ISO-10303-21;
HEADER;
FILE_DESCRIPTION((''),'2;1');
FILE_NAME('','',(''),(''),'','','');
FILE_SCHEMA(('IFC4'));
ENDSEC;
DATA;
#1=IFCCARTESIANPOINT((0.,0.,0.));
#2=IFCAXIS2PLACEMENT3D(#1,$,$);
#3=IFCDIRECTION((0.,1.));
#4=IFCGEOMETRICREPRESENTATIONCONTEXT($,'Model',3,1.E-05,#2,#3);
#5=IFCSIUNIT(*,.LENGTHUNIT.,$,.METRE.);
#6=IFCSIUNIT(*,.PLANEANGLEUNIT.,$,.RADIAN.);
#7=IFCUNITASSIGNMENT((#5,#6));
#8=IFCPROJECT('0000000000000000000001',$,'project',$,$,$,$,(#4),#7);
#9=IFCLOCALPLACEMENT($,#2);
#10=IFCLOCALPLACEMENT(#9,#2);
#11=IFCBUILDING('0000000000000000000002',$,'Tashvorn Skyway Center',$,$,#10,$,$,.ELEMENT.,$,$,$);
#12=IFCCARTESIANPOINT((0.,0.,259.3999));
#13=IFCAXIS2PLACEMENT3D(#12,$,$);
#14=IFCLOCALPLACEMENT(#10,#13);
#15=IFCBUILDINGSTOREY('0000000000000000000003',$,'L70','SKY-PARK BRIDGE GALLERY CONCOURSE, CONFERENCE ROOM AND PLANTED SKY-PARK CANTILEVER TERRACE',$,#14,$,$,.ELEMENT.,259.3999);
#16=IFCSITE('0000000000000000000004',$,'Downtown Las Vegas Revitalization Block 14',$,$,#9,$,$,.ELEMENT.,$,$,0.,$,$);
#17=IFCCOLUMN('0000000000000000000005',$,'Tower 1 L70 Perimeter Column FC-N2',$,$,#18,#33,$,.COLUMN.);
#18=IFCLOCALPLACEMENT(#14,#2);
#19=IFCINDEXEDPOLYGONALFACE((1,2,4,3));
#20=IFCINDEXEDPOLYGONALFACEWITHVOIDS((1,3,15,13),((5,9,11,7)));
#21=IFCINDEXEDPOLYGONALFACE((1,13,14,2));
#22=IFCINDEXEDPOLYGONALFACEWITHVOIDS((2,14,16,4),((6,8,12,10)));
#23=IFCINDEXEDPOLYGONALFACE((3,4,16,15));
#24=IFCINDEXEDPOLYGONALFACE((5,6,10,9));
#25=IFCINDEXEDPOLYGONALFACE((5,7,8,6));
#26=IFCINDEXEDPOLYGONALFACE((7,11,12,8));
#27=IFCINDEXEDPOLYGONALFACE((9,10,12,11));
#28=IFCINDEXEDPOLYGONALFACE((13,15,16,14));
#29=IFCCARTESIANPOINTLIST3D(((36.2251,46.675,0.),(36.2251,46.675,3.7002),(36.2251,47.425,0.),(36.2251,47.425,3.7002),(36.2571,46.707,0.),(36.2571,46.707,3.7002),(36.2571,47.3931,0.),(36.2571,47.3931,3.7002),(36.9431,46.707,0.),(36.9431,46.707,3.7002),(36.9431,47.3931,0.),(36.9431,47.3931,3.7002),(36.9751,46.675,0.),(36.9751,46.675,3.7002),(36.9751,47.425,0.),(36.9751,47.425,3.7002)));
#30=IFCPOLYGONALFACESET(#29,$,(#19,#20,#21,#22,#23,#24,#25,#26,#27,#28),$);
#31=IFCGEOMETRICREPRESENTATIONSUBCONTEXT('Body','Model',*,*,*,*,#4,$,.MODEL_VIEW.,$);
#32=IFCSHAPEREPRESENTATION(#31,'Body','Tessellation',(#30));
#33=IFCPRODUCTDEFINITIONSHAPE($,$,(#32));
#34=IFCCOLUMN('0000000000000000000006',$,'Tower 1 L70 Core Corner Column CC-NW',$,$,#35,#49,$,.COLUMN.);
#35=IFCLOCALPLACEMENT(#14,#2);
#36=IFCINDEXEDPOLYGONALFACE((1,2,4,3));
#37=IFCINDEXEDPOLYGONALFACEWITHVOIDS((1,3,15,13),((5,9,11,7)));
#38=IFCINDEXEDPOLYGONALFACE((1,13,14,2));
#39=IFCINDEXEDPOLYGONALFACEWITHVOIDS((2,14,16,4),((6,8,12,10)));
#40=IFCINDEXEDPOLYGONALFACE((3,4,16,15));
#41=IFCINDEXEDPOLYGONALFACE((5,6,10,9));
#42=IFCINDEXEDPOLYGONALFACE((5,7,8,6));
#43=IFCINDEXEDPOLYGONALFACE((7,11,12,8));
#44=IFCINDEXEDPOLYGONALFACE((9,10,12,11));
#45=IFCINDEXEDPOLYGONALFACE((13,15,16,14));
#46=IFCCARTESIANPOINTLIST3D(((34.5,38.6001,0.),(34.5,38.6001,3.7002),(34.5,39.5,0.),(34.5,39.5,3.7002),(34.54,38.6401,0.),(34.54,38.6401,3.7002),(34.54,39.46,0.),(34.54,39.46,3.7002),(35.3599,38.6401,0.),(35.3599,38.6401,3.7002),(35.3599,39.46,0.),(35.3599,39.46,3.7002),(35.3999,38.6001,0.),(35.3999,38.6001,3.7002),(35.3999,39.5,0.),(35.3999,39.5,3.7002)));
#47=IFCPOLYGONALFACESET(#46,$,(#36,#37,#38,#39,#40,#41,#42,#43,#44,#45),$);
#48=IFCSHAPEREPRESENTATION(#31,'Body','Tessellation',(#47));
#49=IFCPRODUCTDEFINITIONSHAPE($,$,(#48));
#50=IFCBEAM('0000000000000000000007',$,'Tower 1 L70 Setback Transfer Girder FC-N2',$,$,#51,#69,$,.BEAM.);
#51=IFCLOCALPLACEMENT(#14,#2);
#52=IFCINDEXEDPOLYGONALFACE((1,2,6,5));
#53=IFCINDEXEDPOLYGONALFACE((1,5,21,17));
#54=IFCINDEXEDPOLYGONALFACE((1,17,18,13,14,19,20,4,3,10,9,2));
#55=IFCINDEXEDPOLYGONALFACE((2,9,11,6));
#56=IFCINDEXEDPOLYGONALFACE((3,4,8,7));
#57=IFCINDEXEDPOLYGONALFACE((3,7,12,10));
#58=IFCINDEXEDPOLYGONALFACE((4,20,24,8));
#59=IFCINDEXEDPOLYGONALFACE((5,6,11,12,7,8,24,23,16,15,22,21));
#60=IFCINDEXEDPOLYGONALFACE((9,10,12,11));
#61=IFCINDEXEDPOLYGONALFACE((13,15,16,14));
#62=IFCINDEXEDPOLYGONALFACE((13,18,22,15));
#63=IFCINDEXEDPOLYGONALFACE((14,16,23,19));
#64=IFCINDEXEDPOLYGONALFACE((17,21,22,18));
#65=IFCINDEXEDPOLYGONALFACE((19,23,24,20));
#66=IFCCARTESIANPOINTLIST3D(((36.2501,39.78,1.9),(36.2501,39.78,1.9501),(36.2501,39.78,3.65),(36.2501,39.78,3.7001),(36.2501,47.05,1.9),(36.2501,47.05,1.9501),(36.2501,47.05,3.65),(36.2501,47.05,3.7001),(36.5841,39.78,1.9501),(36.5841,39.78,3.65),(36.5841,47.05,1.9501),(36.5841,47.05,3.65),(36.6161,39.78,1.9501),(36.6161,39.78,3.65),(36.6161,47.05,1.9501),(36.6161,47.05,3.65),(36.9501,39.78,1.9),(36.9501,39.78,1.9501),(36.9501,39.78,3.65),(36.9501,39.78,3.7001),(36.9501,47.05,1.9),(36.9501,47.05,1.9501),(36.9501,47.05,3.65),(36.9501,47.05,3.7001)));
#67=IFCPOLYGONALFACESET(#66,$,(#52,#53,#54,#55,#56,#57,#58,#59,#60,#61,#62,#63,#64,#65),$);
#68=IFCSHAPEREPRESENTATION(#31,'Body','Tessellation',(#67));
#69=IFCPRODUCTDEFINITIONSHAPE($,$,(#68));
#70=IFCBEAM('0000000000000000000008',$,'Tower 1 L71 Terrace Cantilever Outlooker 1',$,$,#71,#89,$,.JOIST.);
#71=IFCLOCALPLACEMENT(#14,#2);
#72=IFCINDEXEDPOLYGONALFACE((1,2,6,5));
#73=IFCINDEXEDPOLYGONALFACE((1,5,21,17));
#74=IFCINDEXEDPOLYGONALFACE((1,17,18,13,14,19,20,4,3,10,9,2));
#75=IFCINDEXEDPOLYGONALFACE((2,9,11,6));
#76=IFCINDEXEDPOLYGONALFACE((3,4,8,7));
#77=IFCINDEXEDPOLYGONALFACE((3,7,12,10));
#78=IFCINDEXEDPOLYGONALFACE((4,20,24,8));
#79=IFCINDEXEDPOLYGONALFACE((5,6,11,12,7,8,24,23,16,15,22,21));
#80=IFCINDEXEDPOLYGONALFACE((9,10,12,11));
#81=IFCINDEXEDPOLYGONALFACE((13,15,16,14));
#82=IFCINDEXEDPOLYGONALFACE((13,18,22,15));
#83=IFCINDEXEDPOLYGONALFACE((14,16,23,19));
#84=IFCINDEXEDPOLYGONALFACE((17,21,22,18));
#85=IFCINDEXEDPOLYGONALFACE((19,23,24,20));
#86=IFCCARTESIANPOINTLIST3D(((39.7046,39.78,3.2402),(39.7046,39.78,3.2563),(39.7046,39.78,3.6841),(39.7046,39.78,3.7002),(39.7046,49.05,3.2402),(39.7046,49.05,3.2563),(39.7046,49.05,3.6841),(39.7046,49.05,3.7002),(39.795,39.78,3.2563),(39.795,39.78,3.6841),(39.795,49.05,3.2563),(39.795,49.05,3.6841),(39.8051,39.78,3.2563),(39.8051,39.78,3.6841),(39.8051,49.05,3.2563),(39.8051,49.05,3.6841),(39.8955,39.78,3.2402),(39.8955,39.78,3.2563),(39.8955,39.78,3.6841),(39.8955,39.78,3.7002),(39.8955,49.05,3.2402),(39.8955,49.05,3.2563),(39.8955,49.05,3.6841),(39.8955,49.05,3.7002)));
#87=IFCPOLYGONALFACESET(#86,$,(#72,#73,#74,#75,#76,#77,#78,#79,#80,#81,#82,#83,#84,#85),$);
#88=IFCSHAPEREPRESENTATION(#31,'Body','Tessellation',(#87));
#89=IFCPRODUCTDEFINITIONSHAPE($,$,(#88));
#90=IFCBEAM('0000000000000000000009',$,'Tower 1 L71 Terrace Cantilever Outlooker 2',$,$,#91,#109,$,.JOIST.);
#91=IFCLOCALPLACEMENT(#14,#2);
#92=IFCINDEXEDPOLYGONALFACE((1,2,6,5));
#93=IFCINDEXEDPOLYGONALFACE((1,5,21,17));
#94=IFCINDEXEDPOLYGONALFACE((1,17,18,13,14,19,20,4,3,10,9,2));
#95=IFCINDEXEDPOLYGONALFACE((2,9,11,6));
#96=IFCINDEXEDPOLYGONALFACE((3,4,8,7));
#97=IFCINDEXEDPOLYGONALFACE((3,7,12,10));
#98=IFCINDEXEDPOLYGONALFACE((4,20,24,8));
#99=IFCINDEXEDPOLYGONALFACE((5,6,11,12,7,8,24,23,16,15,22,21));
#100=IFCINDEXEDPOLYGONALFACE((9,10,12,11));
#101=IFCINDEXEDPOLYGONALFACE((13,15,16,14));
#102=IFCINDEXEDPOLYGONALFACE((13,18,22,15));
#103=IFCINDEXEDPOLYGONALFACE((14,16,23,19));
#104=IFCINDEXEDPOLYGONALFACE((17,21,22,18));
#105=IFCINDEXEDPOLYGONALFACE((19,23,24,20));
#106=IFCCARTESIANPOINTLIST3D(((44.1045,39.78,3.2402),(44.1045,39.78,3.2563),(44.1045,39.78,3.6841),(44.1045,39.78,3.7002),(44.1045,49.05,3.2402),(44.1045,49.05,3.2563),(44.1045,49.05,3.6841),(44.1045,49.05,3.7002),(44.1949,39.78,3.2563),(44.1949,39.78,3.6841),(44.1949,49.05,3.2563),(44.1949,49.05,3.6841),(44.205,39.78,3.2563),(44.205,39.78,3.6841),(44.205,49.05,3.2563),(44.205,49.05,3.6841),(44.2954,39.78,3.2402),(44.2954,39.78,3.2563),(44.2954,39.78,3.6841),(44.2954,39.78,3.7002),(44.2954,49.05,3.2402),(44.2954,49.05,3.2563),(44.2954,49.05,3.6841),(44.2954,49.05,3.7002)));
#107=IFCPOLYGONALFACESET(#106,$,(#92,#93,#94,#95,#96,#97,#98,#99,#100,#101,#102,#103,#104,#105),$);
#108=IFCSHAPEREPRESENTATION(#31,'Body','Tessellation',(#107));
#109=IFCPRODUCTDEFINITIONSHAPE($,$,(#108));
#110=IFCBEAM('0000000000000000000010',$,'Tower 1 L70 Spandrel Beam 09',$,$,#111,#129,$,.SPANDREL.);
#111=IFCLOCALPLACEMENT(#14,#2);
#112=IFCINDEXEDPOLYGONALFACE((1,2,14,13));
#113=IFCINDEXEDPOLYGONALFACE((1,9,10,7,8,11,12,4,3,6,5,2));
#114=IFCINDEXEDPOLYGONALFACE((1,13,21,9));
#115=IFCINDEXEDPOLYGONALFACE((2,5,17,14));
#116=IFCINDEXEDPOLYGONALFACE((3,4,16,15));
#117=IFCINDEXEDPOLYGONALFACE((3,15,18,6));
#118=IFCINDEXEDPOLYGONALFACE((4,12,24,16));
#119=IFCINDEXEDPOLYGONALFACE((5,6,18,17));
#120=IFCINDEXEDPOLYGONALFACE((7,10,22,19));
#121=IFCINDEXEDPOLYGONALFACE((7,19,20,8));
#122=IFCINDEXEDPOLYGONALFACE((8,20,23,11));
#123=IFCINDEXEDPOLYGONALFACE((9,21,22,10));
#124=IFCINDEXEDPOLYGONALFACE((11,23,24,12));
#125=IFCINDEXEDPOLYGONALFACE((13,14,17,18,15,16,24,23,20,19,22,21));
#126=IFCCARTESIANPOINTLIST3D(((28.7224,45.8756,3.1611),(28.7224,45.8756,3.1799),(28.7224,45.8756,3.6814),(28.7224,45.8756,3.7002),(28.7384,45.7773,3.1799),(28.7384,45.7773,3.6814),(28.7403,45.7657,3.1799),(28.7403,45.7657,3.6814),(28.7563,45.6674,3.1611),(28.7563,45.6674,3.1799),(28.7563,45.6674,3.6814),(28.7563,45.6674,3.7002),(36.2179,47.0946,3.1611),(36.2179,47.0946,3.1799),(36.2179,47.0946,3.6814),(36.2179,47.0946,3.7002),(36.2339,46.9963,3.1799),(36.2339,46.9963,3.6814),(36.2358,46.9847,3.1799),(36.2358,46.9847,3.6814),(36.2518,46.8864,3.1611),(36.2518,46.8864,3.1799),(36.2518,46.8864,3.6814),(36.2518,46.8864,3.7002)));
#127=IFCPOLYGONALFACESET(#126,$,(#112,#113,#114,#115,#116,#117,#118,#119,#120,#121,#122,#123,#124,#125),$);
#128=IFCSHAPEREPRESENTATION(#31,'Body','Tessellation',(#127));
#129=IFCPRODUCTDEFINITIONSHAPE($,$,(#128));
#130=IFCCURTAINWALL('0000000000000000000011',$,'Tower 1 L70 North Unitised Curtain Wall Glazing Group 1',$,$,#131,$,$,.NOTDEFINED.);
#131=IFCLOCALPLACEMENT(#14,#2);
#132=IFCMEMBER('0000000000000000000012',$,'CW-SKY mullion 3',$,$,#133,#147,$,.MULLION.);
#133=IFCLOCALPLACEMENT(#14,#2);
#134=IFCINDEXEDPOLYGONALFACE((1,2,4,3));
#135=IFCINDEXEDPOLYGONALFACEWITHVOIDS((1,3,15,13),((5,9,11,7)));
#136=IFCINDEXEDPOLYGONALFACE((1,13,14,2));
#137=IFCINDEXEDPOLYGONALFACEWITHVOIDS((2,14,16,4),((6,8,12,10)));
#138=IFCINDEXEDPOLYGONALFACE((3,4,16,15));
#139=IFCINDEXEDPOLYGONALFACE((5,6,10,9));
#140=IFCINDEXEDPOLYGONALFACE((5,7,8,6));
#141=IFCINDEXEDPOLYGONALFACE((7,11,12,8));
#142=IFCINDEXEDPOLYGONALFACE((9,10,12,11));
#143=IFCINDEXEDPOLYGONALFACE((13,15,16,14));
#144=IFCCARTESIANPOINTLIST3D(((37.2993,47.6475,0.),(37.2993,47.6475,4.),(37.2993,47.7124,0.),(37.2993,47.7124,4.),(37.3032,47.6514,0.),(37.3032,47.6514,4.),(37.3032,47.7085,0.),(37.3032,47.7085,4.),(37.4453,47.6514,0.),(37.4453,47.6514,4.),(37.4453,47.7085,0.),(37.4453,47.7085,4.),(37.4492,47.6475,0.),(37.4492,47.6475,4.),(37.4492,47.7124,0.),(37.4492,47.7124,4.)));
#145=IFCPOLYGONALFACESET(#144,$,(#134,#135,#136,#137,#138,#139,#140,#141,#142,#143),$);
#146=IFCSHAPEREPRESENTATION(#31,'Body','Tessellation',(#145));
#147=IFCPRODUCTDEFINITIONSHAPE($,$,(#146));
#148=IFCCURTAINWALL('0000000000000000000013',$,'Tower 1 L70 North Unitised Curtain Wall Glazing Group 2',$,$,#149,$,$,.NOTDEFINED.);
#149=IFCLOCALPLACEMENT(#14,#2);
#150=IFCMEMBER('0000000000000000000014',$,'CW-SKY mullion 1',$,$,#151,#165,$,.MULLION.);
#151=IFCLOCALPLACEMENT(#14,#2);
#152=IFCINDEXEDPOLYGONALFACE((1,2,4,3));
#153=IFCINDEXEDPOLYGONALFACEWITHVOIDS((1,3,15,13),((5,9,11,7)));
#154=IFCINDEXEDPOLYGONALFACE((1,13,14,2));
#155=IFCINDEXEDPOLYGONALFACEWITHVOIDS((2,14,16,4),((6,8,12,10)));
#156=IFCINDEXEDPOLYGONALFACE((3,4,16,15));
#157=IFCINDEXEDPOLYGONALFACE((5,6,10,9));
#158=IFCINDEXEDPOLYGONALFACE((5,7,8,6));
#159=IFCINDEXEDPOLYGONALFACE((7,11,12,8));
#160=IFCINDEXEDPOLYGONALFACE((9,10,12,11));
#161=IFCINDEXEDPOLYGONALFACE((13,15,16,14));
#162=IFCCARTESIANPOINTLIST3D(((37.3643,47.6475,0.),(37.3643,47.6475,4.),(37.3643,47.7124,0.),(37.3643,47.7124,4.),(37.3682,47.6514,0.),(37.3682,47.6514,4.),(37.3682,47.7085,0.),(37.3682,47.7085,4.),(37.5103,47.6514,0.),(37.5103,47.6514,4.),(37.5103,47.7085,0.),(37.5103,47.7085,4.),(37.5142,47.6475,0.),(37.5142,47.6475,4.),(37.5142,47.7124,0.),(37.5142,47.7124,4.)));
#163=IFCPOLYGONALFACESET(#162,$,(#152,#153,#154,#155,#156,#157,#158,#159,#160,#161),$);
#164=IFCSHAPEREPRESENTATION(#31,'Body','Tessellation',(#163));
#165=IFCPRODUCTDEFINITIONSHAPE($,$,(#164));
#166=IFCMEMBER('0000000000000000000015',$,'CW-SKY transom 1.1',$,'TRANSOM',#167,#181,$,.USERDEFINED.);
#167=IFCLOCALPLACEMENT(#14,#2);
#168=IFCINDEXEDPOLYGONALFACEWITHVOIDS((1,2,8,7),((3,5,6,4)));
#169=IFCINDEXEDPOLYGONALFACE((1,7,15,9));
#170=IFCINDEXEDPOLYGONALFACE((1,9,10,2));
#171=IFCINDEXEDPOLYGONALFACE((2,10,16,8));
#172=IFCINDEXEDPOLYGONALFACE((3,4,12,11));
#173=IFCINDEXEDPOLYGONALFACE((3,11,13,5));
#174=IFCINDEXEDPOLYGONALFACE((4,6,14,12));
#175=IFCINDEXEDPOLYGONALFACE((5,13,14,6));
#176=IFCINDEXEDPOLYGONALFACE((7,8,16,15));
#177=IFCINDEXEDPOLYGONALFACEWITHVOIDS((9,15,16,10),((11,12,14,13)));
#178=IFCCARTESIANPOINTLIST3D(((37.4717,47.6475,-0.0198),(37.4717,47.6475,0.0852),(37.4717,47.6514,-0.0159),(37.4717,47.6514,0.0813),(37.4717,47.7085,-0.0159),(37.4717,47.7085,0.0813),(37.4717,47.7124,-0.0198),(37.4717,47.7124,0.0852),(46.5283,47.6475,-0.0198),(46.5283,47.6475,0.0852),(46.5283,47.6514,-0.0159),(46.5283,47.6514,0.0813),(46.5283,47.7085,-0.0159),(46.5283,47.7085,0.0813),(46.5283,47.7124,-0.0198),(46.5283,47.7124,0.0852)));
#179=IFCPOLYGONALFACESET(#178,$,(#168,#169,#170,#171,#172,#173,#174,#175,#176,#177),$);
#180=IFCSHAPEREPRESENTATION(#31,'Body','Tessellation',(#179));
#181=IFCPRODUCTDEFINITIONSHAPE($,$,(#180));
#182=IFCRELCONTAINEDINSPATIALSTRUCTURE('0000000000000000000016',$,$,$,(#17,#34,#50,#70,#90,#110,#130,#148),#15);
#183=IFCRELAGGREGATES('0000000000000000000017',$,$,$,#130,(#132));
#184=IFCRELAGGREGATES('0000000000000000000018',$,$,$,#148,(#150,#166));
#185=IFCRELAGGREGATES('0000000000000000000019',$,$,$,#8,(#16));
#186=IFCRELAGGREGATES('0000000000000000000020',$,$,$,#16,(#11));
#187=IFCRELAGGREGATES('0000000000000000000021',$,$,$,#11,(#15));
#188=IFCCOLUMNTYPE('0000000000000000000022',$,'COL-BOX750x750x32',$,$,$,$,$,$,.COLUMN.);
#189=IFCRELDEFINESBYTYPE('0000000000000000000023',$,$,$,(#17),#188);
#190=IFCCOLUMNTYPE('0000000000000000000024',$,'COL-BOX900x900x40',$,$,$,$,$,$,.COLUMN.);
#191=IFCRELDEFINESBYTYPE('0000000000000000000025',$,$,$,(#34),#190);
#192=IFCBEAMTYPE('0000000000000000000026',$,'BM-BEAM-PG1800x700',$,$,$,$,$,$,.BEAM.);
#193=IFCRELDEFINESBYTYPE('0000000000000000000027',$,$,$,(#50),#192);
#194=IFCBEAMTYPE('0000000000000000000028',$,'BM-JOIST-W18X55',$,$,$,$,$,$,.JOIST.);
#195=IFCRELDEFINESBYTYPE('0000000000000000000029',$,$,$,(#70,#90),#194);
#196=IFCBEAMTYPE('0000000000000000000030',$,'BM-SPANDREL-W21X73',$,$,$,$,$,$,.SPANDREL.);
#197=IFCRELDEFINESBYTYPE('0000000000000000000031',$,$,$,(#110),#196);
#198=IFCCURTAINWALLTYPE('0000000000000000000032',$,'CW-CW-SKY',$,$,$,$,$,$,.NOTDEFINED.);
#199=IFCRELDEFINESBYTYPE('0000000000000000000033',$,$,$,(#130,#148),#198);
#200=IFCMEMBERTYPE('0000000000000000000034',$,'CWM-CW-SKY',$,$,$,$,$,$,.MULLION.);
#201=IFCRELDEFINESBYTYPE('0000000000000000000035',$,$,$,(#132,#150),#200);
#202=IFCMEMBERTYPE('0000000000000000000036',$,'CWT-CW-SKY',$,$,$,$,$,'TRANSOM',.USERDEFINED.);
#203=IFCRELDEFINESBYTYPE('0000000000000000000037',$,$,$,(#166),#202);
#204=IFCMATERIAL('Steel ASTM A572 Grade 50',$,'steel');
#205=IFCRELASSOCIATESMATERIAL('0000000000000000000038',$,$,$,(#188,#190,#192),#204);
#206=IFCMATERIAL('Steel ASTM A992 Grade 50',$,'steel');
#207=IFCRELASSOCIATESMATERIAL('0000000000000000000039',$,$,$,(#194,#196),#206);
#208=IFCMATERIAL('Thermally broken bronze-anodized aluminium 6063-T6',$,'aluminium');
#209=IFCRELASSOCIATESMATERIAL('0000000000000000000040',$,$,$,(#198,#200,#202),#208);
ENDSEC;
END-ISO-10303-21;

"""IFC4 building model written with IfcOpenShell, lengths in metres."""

from ifc_helpers import new_model, si_unit, direction, frame, origin, origin_2d, place, context, subcontext, project, spatial, hollow_rectangle, i_section, extrude, material, material_profile, profile_set, type_object, element, aggregate, save


model = new_model("IFC4")

# Units and contexts
model_context = context("Model", 3, precision=1e-05, world=origin(), true_north=direction((0.0, 1.0)))
body_context = subcontext(model_context, "Body", "Model", "MODEL_VIEW")
ifc_project = project(units=[si_unit("LENGTHUNIT", "METRE"), si_unit("PLANEANGLEUNIT", "RADIAN")], contexts=[model_context])

# Site, building, storey
site_placement = place(None, origin())
site = spatial("IfcSite", under=ifc_project, at=site_placement, Name="Downtown Las Vegas Revitalization Block 14", CompositionType="ELEMENT", RefElevation=0.0)
building_placement = place(site_placement, origin())
building = spatial("IfcBuilding", under=site, at=building_placement, Name="Tashvorn Skyway Center", CompositionType="ELEMENT")
storey_placement = place(building_placement, frame((0.0, 0.0, 259.3999)))
storey = spatial("IfcBuildingStorey", under=building, at=storey_placement, Name="L70", Description="SKY-PARK BRIDGE GALLERY CONCOURSE, CONFERENCE ROOM AND PLANTED SKY-PARK CANTILEVER TERRACE", CompositionType="ELEMENT", Elevation=259.3999)

# Columns
ifc_material_1 = material(Name="Steel ASTM A572 Grade 50", Category="steel")
ifc_material_profile_1 = material_profile(ifc_material_1, hollow_rectangle(XDim=0.75, YDim=0.75, WallThickness=0.032, at=origin_2d()), Name="BOX750x750x32")
ifc_profile_set_1 = profile_set([ifc_material_profile_1], Name="Steel ASTM A572 Grade 50")
column_type_1 = type_object("IfcColumnType", Name="COL-BOX750x750x32", PredefinedType="COLUMN", material=ifc_profile_set_1)
column_1_placement = place(storey_placement, frame((36.6001, 47.05, 0.0), z_axis=(0.0, 0.0, 1.0), x_axis=(1.0, 0.0, 0.0)))
element("IfcColumn", 1, at=column_1_placement, inside=storey, type_object=column_type_1, Name="Tower 1 L70 Perimeter Column FC-N2", PredefinedType="COLUMN", context=body_context, shape_type="SweptSolid", body=[
    extrude(hollow_rectangle(XDim=0.75, YDim=0.75, WallThickness=0.032, at=origin_2d()), origin(), (0.0, 0.0, 1.0), 3.7002),
])
ifc_material_profile_2 = material_profile(ifc_material_1, hollow_rectangle(XDim=0.8999, YDim=0.8999, WallThickness=0.04, at=origin_2d()), Name="BOX900x900x40")
ifc_profile_set_2 = profile_set([ifc_material_profile_2], Name="Steel ASTM A572 Grade 50")
column_type_2 = type_object("IfcColumnType", Name="COL-BOX900x900x40", PredefinedType="COLUMN", material=ifc_profile_set_2)
column_2_placement = place(storey_placement, frame((34.95, 39.05, 0.0), z_axis=(0.0, 0.0, 1.0), x_axis=(1.0, 0.0, 0.0)))
element("IfcColumn", 2, at=column_2_placement, inside=storey, type_object=column_type_2, Name="Tower 1 L70 Core Corner Column CC-NW", PredefinedType="COLUMN", context=body_context, shape_type="SweptSolid", body=[
    extrude(hollow_rectangle(XDim=0.8999, YDim=0.8999, WallThickness=0.04, at=origin_2d()), origin(), (0.0, 0.0, 1.0), 3.7002),
])

# Beams
ifc_material_profile_3 = material_profile(ifc_material_1, i_section(OverallWidth=0.7, OverallDepth=1.8, WebThickness=0.032, FlangeThickness=0.05, at=origin_2d()), Name="PG1800x700")
ifc_profile_set_3 = profile_set([ifc_material_profile_3], Name="Steel ASTM A572 Grade 50")
beam_type_1 = type_object("IfcBeamType", Name="BM-BEAM-PG1800x700", PredefinedType="BEAM", material=ifc_profile_set_3)
beam_1_placement = place(storey_placement, frame((36.6001, 47.05, 2.8), z_axis=(0.0, -1.0, 0.0), x_axis=(1.0, 0.0, 0.0)))
element("IfcBeam", 3, at=beam_1_placement, inside=storey, type_object=beam_type_1, Name="Tower 1 L70 Setback Transfer Girder FC-N2", PredefinedType="BEAM", context=body_context, shape_type="SweptSolid", body=[
    extrude(i_section(OverallWidth=0.7, OverallDepth=1.8, WebThickness=0.032, FlangeThickness=0.05, at=origin_2d()), origin(), (0.0, 0.0, 1.0), 7.27),
])
ifc_material_2 = material(Name="Steel ASTM A992 Grade 50", Category="steel")
ifc_material_profile_4 = material_profile(ifc_material_2, i_section(OverallWidth=0.1909, OverallDepth=0.46, WebThickness=0.01, FlangeThickness=0.0161, at=origin_2d()), Name="W18X55")
ifc_profile_set_4 = profile_set([ifc_material_profile_4], Name="Steel ASTM A992 Grade 50")
beam_type_2 = type_object("IfcBeamType", Name="BM-JOIST-W18X55", PredefinedType="JOIST", material=ifc_profile_set_4)
for number, where, z_axis, x_axis, name in (
    (4, (39.8, 39.78, 3.4702), (0.0, 1.0, 0.0), (-1.0, 0.0, 0.0), "Tower 1 L71 Terrace Cantilever Outlooker 1"),
    (5, (44.2, 39.78, 3.4702), (0.0, 1.0, 0.0), (-1.0, 0.0, 0.0), "Tower 1 L71 Terrace Cantilever Outlooker 2"),
):
    element("IfcBeam", number, at=place(storey_placement, frame(where, z_axis=z_axis, x_axis=x_axis)), inside=storey, type_object=beam_type_2, Name=name, PredefinedType="JOIST", context=body_context, shape_type="SweptSolid", body=[
        extrude(i_section(OverallWidth=0.1909, OverallDepth=0.46, WebThickness=0.01, FlangeThickness=0.0161, at=origin_2d()), origin(), (0.0, 0.0, 1.0), 9.27),
    ])
ifc_material_profile_5 = material_profile(ifc_material_2, i_section(OverallWidth=0.2109, OverallDepth=0.5391, WebThickness=0.0117, FlangeThickness=0.0188, at=origin_2d()), Name="W21X73")
ifc_profile_set_5 = profile_set([ifc_material_profile_5], Name="Steel ASTM A992 Grade 50")
beam_type_3 = type_object("IfcBeamType", Name="BM-SPANDREL-W21X73", PredefinedType="SPANDREL", material=ifc_profile_set_5)
beam_2_placement = place(storey_placement, frame((36.2349, 46.9905, 3.4307), z_axis=(-0.987033, -0.160519, 0.0), x_axis=(0.160519, -0.987033, 0.0)))
element("IfcBeam", 6, at=beam_2_placement, inside=storey, type_object=beam_type_3, Name="Tower 1 L70 Spandrel Beam 09", PredefinedType="SPANDREL", context=body_context, shape_type="SweptSolid", body=[
    extrude(i_section(OverallWidth=0.2109, OverallDepth=0.5391, WebThickness=0.0117, FlangeThickness=0.0188, at=origin_2d()), origin(), (0.0, 0.0, 1.0), 7.594),
])

# Curtain wall, member
ifc_material_3 = material(Name="Thermally broken bronze-anodized aluminium 6063-T6", Category="aluminium")
curtain_wall_type = type_object("IfcCurtainWallType", Name="CW-CW-SKY", PredefinedType="NOTDEFINED", material=ifc_material_3)
curtain_wall_1_placement = place(storey_placement, origin())
curtain_wall_1 = element("IfcCurtainWall", 7, at=curtain_wall_1_placement, inside=storey, type_object=curtain_wall_type, Name="Tower 1 L70 North Unitised Curtain Wall Glazing Group 1", PredefinedType="NOTDEFINED")
ifc_material_profile_6 = material_profile(ifc_material_3, hollow_rectangle(XDim=0.0649, YDim=0.1499, WallThickness=0.0039, at=origin_2d()), Name="ALU-MULL-65x150")
ifc_profile_set_6 = profile_set([ifc_material_profile_6], Name="Thermally broken bronze-anodized aluminium 6063-T6")
member_type_1 = type_object("IfcMemberType", Name="CWM-CW-SKY", PredefinedType="MULLION", material=ifc_profile_set_6)
member_1_placement = place(storey_placement, frame((37.3743, 47.6799, 0.0), z_axis=(0.0, 0.0, 1.0), x_axis=(0.0, 1.0, 0.0)))
member_1 = element("IfcMember", 8, at=member_1_placement, type_object=member_type_1, Name="CW-SKY mullion 3", PredefinedType="MULLION", context=body_context, shape_type="SweptSolid", body=[
    extrude(hollow_rectangle(XDim=0.0649, YDim=0.1499, WallThickness=0.0039, at=origin_2d()), origin(), (0.0, 0.0, 1.0), 4.0),
])

# Curtain wall, members
curtain_wall_2_placement = place(storey_placement, origin())
curtain_wall_2 = element("IfcCurtainWall", 9, at=curtain_wall_2_placement, inside=storey, type_object=curtain_wall_type, Name="Tower 1 L70 North Unitised Curtain Wall Glazing Group 2", PredefinedType="NOTDEFINED")
member_2_placement = place(storey_placement, frame((37.4392, 47.6799, 0.0), z_axis=(0.0, 0.0, 1.0), x_axis=(0.0, 1.0, 0.0)))
member_2 = element("IfcMember", 10, at=member_2_placement, type_object=member_type_1, Name="CW-SKY mullion 1", PredefinedType="MULLION", context=body_context, shape_type="SweptSolid", body=[
    extrude(hollow_rectangle(XDim=0.0649, YDim=0.1499, WallThickness=0.0039, at=origin_2d()), origin(), (0.0, 0.0, 1.0), 4.0),
])
ifc_material_profile_7 = material_profile(ifc_material_3, hollow_rectangle(XDim=0.0649, YDim=0.105, WallThickness=0.0039, at=origin_2d()), Name="ALU-TRAN-65x105")
ifc_profile_set_7 = profile_set([ifc_material_profile_7], Name="Thermally broken bronze-anodized aluminium 6063-T6")
member_type_2 = type_object("IfcMemberType", Name="CWT-CW-SKY", ElementType="TRANSOM", PredefinedType="USERDEFINED", material=ifc_profile_set_7)
member_3_placement = place(storey_placement, frame((37.4717, 47.6799, 0.0327), z_axis=(1.0, 0.0, 0.0), x_axis=(0.0, 1.0, 0.0)))
member_3 = element("IfcMember", 11, at=member_3_placement, type_object=member_type_2, Name="CW-SKY transom 1.1", ObjectType="TRANSOM", PredefinedType="USERDEFINED", context=body_context, shape_type="SweptSolid", body=[
    extrude(hollow_rectangle(XDim=0.0649, YDim=0.105, WallThickness=0.0039, at=origin_2d()), origin(), (0.0, 0.0, 1.0), 9.0566),
])

aggregate(curtain_wall_1, [member_1])
aggregate(curtain_wall_2, [member_2, member_3])

save(model, "model.ifc")
